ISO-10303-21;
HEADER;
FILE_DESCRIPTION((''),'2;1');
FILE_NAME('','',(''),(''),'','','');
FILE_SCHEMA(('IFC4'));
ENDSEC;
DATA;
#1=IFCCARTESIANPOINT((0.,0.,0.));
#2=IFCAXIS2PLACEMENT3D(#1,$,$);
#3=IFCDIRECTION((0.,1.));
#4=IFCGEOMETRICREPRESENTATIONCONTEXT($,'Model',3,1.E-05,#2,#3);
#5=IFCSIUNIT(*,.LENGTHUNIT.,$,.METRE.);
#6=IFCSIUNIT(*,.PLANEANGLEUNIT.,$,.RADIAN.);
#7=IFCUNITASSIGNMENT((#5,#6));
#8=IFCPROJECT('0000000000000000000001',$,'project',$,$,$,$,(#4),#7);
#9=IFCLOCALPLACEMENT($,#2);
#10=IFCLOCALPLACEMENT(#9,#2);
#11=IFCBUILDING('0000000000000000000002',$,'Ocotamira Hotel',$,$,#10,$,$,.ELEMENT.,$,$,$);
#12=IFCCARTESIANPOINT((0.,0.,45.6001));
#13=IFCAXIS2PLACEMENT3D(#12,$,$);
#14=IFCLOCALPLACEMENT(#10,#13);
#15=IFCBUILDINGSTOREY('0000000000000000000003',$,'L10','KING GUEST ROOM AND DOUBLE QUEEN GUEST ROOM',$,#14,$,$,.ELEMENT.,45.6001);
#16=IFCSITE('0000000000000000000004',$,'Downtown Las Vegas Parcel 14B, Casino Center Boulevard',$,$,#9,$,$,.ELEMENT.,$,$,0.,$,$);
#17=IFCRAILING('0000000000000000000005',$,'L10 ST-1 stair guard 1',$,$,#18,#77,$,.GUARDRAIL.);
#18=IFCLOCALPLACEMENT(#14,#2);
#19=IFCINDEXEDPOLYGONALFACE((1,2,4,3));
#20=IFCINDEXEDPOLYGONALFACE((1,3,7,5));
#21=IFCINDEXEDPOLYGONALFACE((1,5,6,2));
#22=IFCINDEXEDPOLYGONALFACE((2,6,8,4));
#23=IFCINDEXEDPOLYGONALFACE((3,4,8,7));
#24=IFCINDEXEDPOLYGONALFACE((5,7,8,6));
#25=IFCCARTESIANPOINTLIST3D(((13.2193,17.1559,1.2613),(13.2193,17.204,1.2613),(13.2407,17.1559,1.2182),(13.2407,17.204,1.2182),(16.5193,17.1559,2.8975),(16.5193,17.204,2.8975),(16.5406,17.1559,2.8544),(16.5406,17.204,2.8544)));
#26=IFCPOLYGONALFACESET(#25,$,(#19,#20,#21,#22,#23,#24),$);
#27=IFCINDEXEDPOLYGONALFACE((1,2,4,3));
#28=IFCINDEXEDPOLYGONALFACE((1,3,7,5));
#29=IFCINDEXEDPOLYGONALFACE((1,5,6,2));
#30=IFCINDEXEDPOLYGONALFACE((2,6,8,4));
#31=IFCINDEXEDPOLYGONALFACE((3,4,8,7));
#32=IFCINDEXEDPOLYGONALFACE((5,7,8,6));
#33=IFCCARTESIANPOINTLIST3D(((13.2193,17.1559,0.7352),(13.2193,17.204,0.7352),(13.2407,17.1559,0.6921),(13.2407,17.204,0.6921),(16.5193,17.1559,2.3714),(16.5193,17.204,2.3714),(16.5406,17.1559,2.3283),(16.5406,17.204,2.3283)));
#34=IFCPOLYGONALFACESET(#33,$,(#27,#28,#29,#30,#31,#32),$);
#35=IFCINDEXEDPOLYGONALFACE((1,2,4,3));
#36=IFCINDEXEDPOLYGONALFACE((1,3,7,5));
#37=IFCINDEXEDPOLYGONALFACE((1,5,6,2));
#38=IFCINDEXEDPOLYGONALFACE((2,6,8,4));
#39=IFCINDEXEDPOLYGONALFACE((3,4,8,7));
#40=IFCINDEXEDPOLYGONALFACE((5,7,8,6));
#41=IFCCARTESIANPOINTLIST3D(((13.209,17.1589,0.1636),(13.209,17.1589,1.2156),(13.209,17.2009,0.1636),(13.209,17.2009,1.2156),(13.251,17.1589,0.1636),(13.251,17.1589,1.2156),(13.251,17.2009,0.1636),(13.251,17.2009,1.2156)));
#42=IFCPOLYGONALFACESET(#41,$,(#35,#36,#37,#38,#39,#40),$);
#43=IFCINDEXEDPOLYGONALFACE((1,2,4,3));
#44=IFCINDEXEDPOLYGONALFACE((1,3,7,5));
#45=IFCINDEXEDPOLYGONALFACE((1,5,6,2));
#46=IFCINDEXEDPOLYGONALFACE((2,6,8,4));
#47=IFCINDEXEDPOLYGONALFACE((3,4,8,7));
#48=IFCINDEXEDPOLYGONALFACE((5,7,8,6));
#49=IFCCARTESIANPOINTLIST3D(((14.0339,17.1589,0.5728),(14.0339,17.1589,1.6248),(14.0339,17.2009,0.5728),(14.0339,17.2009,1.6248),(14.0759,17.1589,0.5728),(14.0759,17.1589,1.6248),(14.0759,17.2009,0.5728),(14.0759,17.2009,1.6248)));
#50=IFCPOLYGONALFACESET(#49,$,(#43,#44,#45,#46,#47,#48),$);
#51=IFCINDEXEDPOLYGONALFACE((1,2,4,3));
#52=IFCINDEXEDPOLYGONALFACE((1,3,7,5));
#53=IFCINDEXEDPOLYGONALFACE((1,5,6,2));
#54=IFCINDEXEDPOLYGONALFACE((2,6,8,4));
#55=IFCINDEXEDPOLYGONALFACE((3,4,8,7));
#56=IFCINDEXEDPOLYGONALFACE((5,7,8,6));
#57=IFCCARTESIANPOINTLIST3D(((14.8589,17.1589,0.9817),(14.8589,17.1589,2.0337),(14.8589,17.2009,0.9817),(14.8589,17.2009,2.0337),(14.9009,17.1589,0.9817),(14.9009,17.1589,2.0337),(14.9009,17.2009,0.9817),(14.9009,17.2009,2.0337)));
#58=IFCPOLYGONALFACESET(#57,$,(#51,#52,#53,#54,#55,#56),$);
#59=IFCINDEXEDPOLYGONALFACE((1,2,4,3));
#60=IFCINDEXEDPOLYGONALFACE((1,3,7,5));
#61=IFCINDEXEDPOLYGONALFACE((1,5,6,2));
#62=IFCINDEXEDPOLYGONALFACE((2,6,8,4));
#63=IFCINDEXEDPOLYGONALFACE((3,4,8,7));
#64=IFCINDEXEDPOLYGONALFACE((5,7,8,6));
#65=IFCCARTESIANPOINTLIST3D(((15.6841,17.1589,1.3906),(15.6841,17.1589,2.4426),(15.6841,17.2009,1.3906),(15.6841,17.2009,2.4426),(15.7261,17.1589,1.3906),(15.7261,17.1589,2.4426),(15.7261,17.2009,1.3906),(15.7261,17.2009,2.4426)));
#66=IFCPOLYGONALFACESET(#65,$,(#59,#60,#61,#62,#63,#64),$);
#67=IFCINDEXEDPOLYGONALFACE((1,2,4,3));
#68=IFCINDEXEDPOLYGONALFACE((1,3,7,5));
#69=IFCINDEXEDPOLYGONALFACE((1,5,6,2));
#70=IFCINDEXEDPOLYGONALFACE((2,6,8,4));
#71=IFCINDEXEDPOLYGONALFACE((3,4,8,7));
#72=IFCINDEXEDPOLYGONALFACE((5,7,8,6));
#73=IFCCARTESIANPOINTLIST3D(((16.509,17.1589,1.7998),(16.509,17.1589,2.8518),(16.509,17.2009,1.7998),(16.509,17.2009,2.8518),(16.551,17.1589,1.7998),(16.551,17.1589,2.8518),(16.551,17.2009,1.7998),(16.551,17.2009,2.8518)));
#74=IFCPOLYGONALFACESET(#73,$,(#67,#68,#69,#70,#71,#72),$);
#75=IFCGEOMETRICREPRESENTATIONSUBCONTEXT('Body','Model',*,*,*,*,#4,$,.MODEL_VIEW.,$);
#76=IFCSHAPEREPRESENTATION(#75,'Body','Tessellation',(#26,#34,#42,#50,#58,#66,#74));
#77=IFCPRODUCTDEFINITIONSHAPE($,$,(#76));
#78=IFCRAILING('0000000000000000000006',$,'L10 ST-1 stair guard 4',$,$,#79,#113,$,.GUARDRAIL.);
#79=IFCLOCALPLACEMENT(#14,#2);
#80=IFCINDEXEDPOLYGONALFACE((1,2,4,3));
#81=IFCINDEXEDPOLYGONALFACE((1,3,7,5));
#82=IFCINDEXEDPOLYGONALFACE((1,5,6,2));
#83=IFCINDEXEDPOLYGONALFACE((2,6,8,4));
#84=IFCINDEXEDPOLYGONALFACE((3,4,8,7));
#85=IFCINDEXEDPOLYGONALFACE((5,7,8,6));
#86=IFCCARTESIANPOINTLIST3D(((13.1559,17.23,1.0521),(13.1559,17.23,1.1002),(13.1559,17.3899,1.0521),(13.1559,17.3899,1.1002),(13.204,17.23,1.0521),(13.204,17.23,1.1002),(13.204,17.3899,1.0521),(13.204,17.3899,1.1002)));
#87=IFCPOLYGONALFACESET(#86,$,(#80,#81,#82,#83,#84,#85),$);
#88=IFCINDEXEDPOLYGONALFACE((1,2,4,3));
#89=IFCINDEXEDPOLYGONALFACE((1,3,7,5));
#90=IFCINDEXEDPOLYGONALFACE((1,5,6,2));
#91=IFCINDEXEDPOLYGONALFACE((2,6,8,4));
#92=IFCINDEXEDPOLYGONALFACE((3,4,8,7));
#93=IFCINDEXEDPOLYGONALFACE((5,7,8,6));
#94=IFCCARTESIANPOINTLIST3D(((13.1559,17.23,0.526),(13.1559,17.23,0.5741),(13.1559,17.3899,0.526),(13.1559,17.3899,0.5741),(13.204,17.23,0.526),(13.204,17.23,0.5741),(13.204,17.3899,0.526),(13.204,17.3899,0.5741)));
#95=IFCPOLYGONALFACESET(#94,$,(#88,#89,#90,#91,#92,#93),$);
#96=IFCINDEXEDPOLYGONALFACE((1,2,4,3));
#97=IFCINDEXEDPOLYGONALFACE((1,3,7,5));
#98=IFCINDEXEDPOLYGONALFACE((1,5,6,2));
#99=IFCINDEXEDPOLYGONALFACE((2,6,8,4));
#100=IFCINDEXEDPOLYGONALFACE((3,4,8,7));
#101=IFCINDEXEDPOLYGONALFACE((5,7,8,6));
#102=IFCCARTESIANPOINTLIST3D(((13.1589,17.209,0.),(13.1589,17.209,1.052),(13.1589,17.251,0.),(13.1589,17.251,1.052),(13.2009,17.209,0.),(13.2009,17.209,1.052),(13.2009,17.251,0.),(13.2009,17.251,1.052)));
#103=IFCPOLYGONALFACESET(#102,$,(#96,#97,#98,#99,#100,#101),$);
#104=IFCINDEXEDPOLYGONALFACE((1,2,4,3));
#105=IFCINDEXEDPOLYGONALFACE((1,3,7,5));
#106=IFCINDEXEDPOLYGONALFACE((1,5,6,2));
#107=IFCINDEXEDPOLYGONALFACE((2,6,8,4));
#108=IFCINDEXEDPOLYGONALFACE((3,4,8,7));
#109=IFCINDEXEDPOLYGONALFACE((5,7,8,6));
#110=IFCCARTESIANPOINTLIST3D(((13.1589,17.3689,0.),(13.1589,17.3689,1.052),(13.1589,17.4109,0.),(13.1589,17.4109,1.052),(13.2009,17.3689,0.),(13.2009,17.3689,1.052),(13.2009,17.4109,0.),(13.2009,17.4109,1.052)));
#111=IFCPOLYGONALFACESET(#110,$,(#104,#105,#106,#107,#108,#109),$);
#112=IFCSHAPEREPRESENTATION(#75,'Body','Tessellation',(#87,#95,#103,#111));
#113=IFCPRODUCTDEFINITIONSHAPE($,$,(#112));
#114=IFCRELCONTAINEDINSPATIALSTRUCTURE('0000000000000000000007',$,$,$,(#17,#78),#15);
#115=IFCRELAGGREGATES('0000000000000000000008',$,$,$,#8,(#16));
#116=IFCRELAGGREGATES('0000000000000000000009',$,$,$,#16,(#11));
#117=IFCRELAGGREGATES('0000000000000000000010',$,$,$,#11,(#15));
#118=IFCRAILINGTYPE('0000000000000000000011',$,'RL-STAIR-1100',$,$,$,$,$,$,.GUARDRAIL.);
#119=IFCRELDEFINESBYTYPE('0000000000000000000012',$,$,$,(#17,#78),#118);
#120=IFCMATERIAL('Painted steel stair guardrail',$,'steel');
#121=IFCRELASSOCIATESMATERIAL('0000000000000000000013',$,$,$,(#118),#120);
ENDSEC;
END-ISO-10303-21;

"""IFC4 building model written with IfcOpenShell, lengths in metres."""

from ifc_helpers import new_model, si_unit, direction, frame, origin, origin_2d, place, context, subcontext, project, spatial, rectangle, extrude, material, type_object, element, save


model = new_model("IFC4")

# Units and contexts
model_context = context("Model", 3, precision=1e-05, world=origin(), true_north=direction((0.0, 1.0)))
body_context = subcontext(model_context, "Body", "Model", "MODEL_VIEW")
ifc_project = project(units=[si_unit("LENGTHUNIT", "METRE"), si_unit("PLANEANGLEUNIT", "RADIAN")], contexts=[model_context])

# Site, building, storey
site_placement = place(None, origin())
site = spatial("IfcSite", under=ifc_project, at=site_placement, Name="Downtown Las Vegas Parcel 14B, Casino Center Boulevard", CompositionType="ELEMENT", RefElevation=0.0)
building_placement = place(site_placement, origin())
building = spatial("IfcBuilding", under=site, at=building_placement, Name="Ocotamira Hotel", CompositionType="ELEMENT")
storey_placement = place(building_placement, frame((0.0, 0.0, 45.6001)))
storey = spatial("IfcBuildingStorey", under=building, at=storey_placement, Name="L10", Description="KING GUEST ROOM AND DOUBLE QUEEN GUEST ROOM", CompositionType="ELEMENT", Elevation=45.6001)

# Railings
ifc_material_1 = material(Name="Painted steel stair guardrail", Category="steel")
railing_type_1 = type_object("IfcRailingType", Name="RL-STAIR-1100", PredefinedType="GUARDRAIL", material=ifc_material_1)
railing_1_placement = place(storey_placement, frame((13.23, 17.1799, 0.1636)))
element("IfcRailing", 1, at=railing_1_placement, inside=storey, type_object=railing_type_1, Name="L10 ST-1 stair guard 1", PredefinedType="GUARDRAIL", context=body_context, shape_type="SweptSolid", body=[
    extrude(rectangle(XDim=0.0481, YDim=0.0481, at=origin_2d()), frame((0.0, 0.0, 1.0762), z_axis=(0.89592, 0.0, 0.444215), x_axis=(0.0, 1.0, 0.0)), (0.0, 0.0, 1.0), 3.6833),
    extrude(rectangle(XDim=0.0481, YDim=0.0481, at=origin_2d()), frame((0.0, 0.0, 0.55), z_axis=(0.89592, 0.0, 0.444215), x_axis=(0.0, 1.0, 0.0)), (0.0, 0.0, 1.0), 3.6833),
    extrude(rectangle(XDim=0.042, YDim=0.042, at=origin_2d()), origin(), (0.0, 0.0, 1.0), 1.052),
    extrude(rectangle(XDim=0.042, YDim=0.042, at=origin_2d()), frame((0.825, 0.0, 0.4092)), (0.0, 0.0, 1.0), 1.052),
    extrude(rectangle(XDim=0.042, YDim=0.042, at=origin_2d()), frame((1.6499, 0.0, 0.8181)), (0.0, 0.0, 1.0), 1.052),
    extrude(rectangle(XDim=0.042, YDim=0.042, at=origin_2d()), frame((2.4751, 0.0, 1.2271)), (0.0, 0.0, 1.0), 1.052),
    extrude(rectangle(XDim=0.042, YDim=0.042, at=origin_2d()), frame((3.3, 0.0, 1.6362)), (0.0, 0.0, 1.0), 1.052),
])
railing_2_placement = place(storey_placement, frame((13.1799, 17.23, 0.0)))
element("IfcRailing", 2, at=railing_2_placement, inside=storey, type_object=railing_type_1, Name="L10 ST-1 stair guard 4", PredefinedType="GUARDRAIL", context=body_context, shape_type="SweptSolid", body=[
    extrude(rectangle(XDim=0.0481, YDim=0.0481, at=origin_2d()), frame((0.0, 0.0, 1.0762), z_axis=(0.0, 1.0, 0.0), x_axis=(-1.0, 0.0, 0.0)), (0.0, 0.0, 1.0), 0.1599),
    extrude(rectangle(XDim=0.0481, YDim=0.0481, at=origin_2d()), frame((0.0, 0.0, 0.55), z_axis=(0.0, 1.0, 0.0), x_axis=(-1.0, 0.0, 0.0)), (0.0, 0.0, 1.0), 0.1599),
    extrude(rectangle(XDim=0.042, YDim=0.042, at=origin_2d()), origin(), (0.0, 0.0, 1.0), 1.052),
    extrude(rectangle(XDim=0.042, YDim=0.042, at=origin_2d()), frame((0.0, 0.1599, 0.0)), (0.0, 0.0, 1.0), 1.052),
])

save(model, "model.ifc")
